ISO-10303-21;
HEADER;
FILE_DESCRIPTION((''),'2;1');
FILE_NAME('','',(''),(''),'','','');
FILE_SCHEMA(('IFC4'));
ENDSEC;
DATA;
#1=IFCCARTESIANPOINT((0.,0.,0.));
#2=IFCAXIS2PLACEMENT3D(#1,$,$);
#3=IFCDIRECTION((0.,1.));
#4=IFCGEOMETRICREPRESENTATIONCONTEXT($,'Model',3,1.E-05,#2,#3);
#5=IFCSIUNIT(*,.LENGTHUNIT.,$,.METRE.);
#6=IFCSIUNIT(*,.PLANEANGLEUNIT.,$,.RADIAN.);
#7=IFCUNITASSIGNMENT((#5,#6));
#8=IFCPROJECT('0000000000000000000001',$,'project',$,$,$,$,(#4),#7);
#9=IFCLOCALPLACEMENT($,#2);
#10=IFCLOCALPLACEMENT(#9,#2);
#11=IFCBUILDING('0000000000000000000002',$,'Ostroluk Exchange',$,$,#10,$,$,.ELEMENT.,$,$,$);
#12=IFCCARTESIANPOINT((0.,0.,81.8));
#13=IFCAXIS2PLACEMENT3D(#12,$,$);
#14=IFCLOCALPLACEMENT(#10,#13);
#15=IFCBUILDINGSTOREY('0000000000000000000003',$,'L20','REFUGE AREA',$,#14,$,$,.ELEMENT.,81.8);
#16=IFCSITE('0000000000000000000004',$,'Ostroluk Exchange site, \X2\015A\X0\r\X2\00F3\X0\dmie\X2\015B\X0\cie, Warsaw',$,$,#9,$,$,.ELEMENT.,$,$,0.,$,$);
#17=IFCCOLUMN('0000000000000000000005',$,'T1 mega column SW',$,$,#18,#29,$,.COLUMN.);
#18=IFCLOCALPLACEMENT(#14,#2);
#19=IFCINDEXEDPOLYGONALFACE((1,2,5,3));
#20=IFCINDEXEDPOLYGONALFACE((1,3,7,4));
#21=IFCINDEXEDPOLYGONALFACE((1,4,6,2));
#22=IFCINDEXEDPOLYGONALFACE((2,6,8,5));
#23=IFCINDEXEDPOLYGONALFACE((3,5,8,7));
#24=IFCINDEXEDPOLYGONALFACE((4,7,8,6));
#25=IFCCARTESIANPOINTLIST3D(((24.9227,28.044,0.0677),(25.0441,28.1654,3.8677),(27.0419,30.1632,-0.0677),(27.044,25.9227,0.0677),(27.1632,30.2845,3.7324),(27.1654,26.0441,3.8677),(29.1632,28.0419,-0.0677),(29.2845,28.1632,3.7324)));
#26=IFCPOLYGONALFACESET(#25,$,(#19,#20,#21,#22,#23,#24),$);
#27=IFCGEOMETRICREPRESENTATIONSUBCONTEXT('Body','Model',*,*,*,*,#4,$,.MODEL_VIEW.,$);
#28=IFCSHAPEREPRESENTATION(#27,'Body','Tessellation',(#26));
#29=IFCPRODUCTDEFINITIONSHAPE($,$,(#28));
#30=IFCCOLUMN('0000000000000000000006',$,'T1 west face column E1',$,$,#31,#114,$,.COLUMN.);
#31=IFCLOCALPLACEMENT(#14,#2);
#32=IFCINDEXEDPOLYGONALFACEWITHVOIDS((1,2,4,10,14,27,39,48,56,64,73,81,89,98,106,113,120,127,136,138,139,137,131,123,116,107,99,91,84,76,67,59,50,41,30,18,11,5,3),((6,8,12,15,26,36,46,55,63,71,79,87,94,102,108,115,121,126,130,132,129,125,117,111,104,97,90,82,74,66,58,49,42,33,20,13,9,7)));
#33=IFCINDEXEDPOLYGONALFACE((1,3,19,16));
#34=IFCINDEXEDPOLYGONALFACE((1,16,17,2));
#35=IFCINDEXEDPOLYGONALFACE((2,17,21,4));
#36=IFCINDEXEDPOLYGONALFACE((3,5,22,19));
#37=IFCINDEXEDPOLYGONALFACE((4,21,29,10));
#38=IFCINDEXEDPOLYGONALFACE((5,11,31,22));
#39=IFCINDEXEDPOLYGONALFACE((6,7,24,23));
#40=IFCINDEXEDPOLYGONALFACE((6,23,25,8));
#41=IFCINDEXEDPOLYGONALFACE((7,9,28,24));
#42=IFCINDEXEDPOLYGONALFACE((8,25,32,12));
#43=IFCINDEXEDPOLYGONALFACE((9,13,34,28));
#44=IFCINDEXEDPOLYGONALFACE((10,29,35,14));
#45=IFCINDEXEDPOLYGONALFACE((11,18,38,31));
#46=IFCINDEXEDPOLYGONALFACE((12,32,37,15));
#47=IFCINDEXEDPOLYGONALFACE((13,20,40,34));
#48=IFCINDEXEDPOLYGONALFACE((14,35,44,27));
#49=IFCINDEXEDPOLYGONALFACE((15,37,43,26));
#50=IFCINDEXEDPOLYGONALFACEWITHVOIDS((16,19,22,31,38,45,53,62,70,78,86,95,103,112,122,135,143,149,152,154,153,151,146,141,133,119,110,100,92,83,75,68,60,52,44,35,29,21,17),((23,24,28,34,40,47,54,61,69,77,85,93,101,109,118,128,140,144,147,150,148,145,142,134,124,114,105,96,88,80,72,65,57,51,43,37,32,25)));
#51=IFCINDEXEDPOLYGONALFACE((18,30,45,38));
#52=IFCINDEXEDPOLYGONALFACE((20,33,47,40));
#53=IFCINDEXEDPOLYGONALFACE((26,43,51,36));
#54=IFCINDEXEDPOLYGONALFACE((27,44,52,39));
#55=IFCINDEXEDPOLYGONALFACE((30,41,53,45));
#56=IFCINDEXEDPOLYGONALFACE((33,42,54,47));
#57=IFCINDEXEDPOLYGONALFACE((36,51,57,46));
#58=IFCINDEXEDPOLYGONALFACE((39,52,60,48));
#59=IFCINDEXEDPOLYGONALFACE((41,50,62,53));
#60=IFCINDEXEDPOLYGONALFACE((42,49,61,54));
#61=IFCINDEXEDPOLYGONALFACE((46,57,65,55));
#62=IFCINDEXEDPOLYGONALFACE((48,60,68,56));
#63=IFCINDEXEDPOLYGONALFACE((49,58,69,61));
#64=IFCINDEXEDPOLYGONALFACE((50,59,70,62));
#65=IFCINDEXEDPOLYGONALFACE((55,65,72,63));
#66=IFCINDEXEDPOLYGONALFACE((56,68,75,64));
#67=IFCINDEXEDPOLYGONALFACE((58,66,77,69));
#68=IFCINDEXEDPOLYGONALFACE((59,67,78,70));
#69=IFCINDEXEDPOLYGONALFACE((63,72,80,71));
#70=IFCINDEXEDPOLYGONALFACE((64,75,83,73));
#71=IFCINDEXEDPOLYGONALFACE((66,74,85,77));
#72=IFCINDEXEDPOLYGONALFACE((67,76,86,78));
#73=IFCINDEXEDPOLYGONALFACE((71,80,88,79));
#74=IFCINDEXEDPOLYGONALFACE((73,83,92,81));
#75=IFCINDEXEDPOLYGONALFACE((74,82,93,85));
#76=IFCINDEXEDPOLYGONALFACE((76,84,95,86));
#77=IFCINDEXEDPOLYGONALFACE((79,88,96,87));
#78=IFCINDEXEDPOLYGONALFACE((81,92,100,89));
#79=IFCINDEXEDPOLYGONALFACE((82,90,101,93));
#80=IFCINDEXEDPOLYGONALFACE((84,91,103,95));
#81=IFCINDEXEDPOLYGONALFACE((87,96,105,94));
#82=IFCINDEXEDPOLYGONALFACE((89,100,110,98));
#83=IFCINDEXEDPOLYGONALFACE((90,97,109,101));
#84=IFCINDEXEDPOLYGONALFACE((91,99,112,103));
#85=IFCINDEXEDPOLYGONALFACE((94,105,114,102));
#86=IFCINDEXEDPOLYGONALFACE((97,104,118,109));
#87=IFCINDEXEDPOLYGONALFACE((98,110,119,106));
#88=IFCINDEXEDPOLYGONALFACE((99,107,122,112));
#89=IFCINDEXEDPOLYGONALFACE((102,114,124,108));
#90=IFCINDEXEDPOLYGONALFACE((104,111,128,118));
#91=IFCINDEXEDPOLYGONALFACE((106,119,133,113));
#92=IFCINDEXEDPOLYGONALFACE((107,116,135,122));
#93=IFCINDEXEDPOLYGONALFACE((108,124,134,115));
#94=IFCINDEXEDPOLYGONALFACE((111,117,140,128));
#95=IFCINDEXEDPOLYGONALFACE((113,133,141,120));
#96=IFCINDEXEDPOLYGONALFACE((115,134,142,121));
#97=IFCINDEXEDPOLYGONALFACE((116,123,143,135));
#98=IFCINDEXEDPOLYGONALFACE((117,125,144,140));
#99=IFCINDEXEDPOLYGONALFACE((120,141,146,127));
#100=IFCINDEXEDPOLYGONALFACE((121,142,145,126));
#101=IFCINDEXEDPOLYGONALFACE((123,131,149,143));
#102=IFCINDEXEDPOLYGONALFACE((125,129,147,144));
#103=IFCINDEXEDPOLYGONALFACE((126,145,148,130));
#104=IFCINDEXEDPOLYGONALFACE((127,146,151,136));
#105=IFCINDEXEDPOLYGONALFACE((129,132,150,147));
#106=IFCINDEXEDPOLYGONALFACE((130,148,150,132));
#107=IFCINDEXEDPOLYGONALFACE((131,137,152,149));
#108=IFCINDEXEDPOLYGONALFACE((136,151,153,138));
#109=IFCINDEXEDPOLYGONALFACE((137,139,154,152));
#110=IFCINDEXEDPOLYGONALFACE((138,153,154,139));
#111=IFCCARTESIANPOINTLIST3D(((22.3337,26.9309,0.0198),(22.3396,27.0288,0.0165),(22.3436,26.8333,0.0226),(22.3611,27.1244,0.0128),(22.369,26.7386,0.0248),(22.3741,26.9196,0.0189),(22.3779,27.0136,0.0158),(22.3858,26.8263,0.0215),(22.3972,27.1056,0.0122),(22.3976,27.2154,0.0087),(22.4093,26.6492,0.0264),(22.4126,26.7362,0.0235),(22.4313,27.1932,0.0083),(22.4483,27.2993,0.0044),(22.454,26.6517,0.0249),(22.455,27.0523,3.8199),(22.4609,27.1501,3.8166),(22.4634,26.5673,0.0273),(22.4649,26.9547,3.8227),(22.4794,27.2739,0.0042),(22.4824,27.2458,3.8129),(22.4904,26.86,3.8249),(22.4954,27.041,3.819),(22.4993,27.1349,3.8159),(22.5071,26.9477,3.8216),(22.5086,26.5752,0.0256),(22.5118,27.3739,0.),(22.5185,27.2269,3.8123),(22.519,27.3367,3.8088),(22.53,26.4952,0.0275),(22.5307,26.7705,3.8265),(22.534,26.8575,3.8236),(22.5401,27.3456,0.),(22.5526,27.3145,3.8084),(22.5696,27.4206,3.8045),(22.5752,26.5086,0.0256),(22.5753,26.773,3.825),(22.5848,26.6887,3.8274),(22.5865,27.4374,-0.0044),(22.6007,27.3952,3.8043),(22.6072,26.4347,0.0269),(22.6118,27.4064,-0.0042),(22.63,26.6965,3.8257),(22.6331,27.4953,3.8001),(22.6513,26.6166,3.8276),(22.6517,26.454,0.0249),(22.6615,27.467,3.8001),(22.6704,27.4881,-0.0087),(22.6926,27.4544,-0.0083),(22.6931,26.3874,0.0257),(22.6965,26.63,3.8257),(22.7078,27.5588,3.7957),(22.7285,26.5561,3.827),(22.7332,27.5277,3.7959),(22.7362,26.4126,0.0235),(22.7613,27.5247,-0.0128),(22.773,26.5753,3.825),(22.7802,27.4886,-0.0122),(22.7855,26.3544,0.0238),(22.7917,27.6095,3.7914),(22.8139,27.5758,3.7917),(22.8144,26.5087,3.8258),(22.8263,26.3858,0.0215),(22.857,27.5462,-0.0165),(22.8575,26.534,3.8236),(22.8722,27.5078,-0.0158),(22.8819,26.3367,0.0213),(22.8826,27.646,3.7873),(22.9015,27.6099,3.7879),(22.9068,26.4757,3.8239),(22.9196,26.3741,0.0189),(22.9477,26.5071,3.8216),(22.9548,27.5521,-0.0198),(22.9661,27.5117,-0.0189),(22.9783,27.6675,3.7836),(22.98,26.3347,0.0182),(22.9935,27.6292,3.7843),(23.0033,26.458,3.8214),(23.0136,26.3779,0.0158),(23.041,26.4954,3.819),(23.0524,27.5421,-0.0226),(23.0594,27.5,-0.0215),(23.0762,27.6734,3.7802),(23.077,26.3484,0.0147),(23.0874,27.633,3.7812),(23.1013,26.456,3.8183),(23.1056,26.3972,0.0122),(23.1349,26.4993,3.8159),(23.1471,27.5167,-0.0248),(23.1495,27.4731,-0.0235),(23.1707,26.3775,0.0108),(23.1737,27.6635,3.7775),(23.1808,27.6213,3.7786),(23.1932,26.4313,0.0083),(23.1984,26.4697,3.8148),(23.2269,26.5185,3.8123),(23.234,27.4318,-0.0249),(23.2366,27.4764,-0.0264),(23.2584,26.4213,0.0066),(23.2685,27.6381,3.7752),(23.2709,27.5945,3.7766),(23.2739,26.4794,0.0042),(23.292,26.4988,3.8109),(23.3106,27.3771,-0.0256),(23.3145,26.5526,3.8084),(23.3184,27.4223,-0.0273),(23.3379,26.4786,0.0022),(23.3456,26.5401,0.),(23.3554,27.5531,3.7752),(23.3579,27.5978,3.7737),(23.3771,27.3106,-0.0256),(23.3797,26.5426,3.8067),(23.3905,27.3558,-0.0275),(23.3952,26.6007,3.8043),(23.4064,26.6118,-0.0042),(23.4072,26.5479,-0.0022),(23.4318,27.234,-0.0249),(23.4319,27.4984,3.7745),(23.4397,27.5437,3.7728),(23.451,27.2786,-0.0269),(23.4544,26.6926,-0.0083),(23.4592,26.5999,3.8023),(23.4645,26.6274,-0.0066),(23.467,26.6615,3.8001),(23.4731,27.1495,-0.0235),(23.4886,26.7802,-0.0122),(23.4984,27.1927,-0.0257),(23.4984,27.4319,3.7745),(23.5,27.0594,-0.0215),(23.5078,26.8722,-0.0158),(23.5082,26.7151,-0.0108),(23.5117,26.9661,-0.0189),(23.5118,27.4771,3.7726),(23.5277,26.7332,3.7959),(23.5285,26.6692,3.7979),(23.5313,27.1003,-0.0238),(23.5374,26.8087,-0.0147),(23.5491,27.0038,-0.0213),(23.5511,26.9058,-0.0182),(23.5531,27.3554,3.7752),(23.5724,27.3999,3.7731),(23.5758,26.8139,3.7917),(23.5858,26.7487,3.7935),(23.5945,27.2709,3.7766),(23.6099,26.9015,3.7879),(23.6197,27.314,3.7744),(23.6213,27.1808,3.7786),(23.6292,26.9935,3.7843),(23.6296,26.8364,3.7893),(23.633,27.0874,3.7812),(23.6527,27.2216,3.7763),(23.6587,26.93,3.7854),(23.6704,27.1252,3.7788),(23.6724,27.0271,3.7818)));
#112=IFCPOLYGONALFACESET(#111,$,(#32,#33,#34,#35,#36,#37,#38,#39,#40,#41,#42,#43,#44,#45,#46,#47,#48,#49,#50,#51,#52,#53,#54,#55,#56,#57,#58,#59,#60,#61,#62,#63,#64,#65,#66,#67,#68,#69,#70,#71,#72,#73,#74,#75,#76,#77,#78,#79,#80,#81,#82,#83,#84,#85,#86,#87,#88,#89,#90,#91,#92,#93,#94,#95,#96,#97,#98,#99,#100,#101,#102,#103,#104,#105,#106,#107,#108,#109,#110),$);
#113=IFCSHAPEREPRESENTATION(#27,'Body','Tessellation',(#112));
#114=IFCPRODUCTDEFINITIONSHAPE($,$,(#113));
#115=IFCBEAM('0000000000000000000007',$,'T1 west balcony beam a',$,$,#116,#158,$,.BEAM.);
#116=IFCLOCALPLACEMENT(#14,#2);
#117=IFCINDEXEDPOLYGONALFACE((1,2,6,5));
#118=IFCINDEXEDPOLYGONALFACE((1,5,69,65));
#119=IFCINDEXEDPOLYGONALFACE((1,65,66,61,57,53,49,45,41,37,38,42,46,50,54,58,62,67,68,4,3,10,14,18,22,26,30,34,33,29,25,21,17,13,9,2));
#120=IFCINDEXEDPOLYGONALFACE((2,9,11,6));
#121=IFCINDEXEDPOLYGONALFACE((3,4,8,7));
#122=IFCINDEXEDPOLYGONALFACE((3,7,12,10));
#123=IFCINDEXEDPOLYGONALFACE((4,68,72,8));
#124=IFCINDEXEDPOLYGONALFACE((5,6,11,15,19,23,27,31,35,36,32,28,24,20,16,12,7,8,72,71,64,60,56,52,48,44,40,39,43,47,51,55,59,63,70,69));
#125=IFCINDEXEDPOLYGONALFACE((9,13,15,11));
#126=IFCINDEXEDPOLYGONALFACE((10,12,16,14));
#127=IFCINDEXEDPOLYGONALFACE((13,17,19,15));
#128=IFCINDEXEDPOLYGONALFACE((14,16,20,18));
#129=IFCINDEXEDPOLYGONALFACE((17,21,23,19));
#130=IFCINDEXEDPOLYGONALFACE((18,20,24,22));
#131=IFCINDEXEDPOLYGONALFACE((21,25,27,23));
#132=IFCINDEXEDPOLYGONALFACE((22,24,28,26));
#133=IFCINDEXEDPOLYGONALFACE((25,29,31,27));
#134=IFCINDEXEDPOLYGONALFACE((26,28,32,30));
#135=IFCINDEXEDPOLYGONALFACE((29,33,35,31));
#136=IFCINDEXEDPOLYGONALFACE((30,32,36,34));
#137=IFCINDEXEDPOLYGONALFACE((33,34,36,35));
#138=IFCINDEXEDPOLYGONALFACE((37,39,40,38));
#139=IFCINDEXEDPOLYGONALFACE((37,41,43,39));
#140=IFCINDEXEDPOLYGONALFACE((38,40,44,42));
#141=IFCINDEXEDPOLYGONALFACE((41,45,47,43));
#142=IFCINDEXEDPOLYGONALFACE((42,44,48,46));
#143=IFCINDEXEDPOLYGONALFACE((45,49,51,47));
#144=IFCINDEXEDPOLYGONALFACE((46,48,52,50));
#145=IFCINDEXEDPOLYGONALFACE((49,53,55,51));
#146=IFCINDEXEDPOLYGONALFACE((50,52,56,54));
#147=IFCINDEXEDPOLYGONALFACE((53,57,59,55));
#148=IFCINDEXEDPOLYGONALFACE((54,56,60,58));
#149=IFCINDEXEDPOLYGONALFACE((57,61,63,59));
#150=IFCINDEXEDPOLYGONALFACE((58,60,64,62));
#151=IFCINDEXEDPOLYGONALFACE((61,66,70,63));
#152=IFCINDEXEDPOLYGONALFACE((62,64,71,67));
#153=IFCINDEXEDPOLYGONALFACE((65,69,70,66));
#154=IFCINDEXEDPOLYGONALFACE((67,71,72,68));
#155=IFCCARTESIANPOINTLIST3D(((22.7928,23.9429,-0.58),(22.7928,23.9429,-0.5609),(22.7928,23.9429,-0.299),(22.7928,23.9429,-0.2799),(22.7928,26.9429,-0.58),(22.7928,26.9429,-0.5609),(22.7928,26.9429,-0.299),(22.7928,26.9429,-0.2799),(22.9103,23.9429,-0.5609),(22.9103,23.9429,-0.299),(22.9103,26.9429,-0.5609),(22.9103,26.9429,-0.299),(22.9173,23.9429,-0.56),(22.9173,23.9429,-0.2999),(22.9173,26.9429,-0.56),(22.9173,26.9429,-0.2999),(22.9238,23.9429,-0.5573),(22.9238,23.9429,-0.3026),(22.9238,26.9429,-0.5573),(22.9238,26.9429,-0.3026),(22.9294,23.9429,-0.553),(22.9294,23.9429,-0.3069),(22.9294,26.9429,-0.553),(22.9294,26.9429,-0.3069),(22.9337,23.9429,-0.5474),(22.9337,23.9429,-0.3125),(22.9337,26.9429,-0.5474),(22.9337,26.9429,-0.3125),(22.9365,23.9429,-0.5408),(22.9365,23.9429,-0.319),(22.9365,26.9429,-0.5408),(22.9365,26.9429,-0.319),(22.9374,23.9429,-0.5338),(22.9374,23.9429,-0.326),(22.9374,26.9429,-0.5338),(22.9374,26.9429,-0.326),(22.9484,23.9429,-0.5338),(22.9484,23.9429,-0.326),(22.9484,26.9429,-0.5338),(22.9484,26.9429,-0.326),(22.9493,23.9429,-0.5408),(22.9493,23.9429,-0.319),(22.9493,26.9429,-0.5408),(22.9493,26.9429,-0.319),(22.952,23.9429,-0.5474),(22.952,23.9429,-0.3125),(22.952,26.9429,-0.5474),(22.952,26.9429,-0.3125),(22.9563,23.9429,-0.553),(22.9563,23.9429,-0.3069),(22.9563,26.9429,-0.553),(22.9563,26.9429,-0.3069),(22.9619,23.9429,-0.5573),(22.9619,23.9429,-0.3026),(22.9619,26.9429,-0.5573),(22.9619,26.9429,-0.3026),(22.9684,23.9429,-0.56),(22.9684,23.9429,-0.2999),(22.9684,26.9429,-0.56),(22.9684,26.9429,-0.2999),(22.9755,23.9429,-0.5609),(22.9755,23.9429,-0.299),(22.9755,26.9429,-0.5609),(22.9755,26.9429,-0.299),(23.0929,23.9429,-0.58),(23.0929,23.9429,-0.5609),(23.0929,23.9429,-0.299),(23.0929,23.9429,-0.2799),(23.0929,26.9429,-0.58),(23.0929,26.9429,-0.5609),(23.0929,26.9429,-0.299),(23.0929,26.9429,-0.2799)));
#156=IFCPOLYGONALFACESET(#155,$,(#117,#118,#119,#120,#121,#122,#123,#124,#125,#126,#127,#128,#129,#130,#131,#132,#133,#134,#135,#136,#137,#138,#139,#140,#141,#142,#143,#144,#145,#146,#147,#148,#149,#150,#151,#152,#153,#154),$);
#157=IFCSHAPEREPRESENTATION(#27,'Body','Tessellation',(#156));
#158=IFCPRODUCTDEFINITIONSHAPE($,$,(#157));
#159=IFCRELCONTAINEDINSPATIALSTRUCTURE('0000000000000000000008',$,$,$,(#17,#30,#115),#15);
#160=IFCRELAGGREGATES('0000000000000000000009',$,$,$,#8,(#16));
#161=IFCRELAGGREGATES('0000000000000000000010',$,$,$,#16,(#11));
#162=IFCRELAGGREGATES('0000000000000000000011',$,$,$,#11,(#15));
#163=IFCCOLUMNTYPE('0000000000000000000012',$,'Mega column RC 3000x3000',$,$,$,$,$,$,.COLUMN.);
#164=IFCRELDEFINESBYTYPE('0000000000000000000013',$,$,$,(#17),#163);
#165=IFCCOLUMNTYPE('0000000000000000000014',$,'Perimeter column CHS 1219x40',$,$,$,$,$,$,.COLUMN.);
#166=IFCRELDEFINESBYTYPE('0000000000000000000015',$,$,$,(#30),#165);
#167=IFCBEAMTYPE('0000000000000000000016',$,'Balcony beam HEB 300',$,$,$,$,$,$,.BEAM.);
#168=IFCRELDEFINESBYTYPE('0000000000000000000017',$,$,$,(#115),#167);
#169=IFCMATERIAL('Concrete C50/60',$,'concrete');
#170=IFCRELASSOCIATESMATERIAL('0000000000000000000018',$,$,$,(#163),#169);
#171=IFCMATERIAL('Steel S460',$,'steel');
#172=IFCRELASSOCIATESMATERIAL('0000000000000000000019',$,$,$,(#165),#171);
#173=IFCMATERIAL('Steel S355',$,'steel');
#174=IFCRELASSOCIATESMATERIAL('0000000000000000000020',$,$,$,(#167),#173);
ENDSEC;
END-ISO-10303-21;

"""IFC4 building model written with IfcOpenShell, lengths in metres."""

from ifc_helpers import new_model, si_unit, direction, frame, origin, origin_2d, place, context, subcontext, project, spatial, rectangle, hollow_circle, i_section, extrude, material, material_profile, profile_set, type_object, element, save


model = new_model("IFC4")

# Units and contexts
model_context = context("Model", 3, precision=1e-05, world=origin(), true_north=direction((0.0, 1.0)))
body_context = subcontext(model_context, "Body", "Model", "MODEL_VIEW")
ifc_project = project(units=[si_unit("LENGTHUNIT", "METRE"), si_unit("PLANEANGLEUNIT", "RADIAN")], contexts=[model_context])

# Site, building, storey
site_placement = place(None, origin())
site = spatial("IfcSite", under=ifc_project, at=site_placement, Name="Ostroluk Exchange site, Śródmieście, Warsaw", CompositionType="ELEMENT", RefElevation=0.0)
building_placement = place(site_placement, origin())
building = spatial("IfcBuilding", under=site, at=building_placement, Name="Ostroluk Exchange", CompositionType="ELEMENT")
storey_placement = place(building_placement, frame((0.0, 0.0, 81.8)))
storey = spatial("IfcBuildingStorey", under=building, at=storey_placement, Name="L20", Description="REFUGE AREA", CompositionType="ELEMENT", Elevation=81.8)

# Columns
ifc_material_1 = material(Name="Concrete C50/60", Category="concrete")
ifc_material_profile_1 = material_profile(ifc_material_1, rectangle(XDim=3.0, YDim=3.0, at=origin_2d()), Name="RC 3000x3000")
ifc_profile_set_1 = profile_set([ifc_material_profile_1], Name="Concrete C50/60")
column_type_1 = type_object("IfcColumnType", Name="Mega column RC 3000x3000", PredefinedType="COLUMN", material=ifc_profile_set_1)
column_1_placement = place(storey_placement, frame((27.043, 28.043, 0.0), z_axis=(0.031898, 0.031898, 0.998982), x_axis=(-0.707107, 0.707107, 0.0)))
element("IfcColumn", 1, at=column_1_placement, inside=storey, type_object=column_type_1, Name="T1 mega column SW", PredefinedType="COLUMN", context=body_context, shape_type="SweptSolid", body=[
    extrude(rectangle(XDim=3.0, YDim=3.0, at=origin_2d()), origin(), (0.0, 0.0, 1.0), 3.804),
])
ifc_material_2 = material(Name="Steel S460", Category="steel")
ifc_material_profile_2 = material_profile(ifc_material_2, hollow_circle(Radius=0.6096, WallThickness=0.04, at=origin_2d()), Name="CHS 1219x40")
ifc_profile_set_2 = profile_set([ifc_material_profile_2], Name="Steel S460")
column_type_2 = type_object("IfcColumnType", Name="Perimeter column CHS 1219x40", PredefinedType="COLUMN", material=ifc_profile_set_2)
column_2_placement = place(storey_placement, frame((22.9429, 26.9429, 0.0), z_axis=(0.031898, 0.031898, 0.998982), x_axis=(-0.707107, 0.707107, 0.0)))
element("IfcColumn", 2, at=column_2_placement, inside=storey, type_object=column_type_2, Name="T1 west face column E1", PredefinedType="COLUMN", context=body_context, shape_type="SweptSolid", body=[
    extrude(hollow_circle(Radius=0.6096, WallThickness=0.04, at=origin_2d()), origin(), (0.0, 0.0, 1.0), 3.804),
])

# Beam
ifc_material_3 = material(Name="Steel S355", Category="steel")
ifc_material_profile_3 = material_profile(ifc_material_3, i_section(OverallWidth=0.3, OverallDepth=0.3, WebThickness=0.011, FlangeThickness=0.019, FilletRadius=0.0271, at=origin_2d()), Name="HEB 300")
ifc_profile_set_3 = profile_set([ifc_material_profile_3], Name="Steel S355")
beam_type_1 = type_object("IfcBeamType", Name="Balcony beam HEB 300", PredefinedType="BEAM", material=ifc_profile_set_3)
beam_1_placement = place(storey_placement, frame((22.9429, 26.9429, -0.4299), z_axis=(0.0, -1.0, 0.0), x_axis=(1.0, 0.0, 0.0)))
element("IfcBeam", 3, at=beam_1_placement, inside=storey, type_object=beam_type_1, Name="T1 west balcony beam a", PredefinedType="BEAM", context=body_context, shape_type="SweptSolid", body=[
    extrude(i_section(OverallWidth=0.3, OverallDepth=0.3, WebThickness=0.011, FlangeThickness=0.019, FilletRadius=0.0271, at=origin_2d()), origin(), (0.0, 0.0, 1.0), 3.0),
])

save(model, "model.ifc")
